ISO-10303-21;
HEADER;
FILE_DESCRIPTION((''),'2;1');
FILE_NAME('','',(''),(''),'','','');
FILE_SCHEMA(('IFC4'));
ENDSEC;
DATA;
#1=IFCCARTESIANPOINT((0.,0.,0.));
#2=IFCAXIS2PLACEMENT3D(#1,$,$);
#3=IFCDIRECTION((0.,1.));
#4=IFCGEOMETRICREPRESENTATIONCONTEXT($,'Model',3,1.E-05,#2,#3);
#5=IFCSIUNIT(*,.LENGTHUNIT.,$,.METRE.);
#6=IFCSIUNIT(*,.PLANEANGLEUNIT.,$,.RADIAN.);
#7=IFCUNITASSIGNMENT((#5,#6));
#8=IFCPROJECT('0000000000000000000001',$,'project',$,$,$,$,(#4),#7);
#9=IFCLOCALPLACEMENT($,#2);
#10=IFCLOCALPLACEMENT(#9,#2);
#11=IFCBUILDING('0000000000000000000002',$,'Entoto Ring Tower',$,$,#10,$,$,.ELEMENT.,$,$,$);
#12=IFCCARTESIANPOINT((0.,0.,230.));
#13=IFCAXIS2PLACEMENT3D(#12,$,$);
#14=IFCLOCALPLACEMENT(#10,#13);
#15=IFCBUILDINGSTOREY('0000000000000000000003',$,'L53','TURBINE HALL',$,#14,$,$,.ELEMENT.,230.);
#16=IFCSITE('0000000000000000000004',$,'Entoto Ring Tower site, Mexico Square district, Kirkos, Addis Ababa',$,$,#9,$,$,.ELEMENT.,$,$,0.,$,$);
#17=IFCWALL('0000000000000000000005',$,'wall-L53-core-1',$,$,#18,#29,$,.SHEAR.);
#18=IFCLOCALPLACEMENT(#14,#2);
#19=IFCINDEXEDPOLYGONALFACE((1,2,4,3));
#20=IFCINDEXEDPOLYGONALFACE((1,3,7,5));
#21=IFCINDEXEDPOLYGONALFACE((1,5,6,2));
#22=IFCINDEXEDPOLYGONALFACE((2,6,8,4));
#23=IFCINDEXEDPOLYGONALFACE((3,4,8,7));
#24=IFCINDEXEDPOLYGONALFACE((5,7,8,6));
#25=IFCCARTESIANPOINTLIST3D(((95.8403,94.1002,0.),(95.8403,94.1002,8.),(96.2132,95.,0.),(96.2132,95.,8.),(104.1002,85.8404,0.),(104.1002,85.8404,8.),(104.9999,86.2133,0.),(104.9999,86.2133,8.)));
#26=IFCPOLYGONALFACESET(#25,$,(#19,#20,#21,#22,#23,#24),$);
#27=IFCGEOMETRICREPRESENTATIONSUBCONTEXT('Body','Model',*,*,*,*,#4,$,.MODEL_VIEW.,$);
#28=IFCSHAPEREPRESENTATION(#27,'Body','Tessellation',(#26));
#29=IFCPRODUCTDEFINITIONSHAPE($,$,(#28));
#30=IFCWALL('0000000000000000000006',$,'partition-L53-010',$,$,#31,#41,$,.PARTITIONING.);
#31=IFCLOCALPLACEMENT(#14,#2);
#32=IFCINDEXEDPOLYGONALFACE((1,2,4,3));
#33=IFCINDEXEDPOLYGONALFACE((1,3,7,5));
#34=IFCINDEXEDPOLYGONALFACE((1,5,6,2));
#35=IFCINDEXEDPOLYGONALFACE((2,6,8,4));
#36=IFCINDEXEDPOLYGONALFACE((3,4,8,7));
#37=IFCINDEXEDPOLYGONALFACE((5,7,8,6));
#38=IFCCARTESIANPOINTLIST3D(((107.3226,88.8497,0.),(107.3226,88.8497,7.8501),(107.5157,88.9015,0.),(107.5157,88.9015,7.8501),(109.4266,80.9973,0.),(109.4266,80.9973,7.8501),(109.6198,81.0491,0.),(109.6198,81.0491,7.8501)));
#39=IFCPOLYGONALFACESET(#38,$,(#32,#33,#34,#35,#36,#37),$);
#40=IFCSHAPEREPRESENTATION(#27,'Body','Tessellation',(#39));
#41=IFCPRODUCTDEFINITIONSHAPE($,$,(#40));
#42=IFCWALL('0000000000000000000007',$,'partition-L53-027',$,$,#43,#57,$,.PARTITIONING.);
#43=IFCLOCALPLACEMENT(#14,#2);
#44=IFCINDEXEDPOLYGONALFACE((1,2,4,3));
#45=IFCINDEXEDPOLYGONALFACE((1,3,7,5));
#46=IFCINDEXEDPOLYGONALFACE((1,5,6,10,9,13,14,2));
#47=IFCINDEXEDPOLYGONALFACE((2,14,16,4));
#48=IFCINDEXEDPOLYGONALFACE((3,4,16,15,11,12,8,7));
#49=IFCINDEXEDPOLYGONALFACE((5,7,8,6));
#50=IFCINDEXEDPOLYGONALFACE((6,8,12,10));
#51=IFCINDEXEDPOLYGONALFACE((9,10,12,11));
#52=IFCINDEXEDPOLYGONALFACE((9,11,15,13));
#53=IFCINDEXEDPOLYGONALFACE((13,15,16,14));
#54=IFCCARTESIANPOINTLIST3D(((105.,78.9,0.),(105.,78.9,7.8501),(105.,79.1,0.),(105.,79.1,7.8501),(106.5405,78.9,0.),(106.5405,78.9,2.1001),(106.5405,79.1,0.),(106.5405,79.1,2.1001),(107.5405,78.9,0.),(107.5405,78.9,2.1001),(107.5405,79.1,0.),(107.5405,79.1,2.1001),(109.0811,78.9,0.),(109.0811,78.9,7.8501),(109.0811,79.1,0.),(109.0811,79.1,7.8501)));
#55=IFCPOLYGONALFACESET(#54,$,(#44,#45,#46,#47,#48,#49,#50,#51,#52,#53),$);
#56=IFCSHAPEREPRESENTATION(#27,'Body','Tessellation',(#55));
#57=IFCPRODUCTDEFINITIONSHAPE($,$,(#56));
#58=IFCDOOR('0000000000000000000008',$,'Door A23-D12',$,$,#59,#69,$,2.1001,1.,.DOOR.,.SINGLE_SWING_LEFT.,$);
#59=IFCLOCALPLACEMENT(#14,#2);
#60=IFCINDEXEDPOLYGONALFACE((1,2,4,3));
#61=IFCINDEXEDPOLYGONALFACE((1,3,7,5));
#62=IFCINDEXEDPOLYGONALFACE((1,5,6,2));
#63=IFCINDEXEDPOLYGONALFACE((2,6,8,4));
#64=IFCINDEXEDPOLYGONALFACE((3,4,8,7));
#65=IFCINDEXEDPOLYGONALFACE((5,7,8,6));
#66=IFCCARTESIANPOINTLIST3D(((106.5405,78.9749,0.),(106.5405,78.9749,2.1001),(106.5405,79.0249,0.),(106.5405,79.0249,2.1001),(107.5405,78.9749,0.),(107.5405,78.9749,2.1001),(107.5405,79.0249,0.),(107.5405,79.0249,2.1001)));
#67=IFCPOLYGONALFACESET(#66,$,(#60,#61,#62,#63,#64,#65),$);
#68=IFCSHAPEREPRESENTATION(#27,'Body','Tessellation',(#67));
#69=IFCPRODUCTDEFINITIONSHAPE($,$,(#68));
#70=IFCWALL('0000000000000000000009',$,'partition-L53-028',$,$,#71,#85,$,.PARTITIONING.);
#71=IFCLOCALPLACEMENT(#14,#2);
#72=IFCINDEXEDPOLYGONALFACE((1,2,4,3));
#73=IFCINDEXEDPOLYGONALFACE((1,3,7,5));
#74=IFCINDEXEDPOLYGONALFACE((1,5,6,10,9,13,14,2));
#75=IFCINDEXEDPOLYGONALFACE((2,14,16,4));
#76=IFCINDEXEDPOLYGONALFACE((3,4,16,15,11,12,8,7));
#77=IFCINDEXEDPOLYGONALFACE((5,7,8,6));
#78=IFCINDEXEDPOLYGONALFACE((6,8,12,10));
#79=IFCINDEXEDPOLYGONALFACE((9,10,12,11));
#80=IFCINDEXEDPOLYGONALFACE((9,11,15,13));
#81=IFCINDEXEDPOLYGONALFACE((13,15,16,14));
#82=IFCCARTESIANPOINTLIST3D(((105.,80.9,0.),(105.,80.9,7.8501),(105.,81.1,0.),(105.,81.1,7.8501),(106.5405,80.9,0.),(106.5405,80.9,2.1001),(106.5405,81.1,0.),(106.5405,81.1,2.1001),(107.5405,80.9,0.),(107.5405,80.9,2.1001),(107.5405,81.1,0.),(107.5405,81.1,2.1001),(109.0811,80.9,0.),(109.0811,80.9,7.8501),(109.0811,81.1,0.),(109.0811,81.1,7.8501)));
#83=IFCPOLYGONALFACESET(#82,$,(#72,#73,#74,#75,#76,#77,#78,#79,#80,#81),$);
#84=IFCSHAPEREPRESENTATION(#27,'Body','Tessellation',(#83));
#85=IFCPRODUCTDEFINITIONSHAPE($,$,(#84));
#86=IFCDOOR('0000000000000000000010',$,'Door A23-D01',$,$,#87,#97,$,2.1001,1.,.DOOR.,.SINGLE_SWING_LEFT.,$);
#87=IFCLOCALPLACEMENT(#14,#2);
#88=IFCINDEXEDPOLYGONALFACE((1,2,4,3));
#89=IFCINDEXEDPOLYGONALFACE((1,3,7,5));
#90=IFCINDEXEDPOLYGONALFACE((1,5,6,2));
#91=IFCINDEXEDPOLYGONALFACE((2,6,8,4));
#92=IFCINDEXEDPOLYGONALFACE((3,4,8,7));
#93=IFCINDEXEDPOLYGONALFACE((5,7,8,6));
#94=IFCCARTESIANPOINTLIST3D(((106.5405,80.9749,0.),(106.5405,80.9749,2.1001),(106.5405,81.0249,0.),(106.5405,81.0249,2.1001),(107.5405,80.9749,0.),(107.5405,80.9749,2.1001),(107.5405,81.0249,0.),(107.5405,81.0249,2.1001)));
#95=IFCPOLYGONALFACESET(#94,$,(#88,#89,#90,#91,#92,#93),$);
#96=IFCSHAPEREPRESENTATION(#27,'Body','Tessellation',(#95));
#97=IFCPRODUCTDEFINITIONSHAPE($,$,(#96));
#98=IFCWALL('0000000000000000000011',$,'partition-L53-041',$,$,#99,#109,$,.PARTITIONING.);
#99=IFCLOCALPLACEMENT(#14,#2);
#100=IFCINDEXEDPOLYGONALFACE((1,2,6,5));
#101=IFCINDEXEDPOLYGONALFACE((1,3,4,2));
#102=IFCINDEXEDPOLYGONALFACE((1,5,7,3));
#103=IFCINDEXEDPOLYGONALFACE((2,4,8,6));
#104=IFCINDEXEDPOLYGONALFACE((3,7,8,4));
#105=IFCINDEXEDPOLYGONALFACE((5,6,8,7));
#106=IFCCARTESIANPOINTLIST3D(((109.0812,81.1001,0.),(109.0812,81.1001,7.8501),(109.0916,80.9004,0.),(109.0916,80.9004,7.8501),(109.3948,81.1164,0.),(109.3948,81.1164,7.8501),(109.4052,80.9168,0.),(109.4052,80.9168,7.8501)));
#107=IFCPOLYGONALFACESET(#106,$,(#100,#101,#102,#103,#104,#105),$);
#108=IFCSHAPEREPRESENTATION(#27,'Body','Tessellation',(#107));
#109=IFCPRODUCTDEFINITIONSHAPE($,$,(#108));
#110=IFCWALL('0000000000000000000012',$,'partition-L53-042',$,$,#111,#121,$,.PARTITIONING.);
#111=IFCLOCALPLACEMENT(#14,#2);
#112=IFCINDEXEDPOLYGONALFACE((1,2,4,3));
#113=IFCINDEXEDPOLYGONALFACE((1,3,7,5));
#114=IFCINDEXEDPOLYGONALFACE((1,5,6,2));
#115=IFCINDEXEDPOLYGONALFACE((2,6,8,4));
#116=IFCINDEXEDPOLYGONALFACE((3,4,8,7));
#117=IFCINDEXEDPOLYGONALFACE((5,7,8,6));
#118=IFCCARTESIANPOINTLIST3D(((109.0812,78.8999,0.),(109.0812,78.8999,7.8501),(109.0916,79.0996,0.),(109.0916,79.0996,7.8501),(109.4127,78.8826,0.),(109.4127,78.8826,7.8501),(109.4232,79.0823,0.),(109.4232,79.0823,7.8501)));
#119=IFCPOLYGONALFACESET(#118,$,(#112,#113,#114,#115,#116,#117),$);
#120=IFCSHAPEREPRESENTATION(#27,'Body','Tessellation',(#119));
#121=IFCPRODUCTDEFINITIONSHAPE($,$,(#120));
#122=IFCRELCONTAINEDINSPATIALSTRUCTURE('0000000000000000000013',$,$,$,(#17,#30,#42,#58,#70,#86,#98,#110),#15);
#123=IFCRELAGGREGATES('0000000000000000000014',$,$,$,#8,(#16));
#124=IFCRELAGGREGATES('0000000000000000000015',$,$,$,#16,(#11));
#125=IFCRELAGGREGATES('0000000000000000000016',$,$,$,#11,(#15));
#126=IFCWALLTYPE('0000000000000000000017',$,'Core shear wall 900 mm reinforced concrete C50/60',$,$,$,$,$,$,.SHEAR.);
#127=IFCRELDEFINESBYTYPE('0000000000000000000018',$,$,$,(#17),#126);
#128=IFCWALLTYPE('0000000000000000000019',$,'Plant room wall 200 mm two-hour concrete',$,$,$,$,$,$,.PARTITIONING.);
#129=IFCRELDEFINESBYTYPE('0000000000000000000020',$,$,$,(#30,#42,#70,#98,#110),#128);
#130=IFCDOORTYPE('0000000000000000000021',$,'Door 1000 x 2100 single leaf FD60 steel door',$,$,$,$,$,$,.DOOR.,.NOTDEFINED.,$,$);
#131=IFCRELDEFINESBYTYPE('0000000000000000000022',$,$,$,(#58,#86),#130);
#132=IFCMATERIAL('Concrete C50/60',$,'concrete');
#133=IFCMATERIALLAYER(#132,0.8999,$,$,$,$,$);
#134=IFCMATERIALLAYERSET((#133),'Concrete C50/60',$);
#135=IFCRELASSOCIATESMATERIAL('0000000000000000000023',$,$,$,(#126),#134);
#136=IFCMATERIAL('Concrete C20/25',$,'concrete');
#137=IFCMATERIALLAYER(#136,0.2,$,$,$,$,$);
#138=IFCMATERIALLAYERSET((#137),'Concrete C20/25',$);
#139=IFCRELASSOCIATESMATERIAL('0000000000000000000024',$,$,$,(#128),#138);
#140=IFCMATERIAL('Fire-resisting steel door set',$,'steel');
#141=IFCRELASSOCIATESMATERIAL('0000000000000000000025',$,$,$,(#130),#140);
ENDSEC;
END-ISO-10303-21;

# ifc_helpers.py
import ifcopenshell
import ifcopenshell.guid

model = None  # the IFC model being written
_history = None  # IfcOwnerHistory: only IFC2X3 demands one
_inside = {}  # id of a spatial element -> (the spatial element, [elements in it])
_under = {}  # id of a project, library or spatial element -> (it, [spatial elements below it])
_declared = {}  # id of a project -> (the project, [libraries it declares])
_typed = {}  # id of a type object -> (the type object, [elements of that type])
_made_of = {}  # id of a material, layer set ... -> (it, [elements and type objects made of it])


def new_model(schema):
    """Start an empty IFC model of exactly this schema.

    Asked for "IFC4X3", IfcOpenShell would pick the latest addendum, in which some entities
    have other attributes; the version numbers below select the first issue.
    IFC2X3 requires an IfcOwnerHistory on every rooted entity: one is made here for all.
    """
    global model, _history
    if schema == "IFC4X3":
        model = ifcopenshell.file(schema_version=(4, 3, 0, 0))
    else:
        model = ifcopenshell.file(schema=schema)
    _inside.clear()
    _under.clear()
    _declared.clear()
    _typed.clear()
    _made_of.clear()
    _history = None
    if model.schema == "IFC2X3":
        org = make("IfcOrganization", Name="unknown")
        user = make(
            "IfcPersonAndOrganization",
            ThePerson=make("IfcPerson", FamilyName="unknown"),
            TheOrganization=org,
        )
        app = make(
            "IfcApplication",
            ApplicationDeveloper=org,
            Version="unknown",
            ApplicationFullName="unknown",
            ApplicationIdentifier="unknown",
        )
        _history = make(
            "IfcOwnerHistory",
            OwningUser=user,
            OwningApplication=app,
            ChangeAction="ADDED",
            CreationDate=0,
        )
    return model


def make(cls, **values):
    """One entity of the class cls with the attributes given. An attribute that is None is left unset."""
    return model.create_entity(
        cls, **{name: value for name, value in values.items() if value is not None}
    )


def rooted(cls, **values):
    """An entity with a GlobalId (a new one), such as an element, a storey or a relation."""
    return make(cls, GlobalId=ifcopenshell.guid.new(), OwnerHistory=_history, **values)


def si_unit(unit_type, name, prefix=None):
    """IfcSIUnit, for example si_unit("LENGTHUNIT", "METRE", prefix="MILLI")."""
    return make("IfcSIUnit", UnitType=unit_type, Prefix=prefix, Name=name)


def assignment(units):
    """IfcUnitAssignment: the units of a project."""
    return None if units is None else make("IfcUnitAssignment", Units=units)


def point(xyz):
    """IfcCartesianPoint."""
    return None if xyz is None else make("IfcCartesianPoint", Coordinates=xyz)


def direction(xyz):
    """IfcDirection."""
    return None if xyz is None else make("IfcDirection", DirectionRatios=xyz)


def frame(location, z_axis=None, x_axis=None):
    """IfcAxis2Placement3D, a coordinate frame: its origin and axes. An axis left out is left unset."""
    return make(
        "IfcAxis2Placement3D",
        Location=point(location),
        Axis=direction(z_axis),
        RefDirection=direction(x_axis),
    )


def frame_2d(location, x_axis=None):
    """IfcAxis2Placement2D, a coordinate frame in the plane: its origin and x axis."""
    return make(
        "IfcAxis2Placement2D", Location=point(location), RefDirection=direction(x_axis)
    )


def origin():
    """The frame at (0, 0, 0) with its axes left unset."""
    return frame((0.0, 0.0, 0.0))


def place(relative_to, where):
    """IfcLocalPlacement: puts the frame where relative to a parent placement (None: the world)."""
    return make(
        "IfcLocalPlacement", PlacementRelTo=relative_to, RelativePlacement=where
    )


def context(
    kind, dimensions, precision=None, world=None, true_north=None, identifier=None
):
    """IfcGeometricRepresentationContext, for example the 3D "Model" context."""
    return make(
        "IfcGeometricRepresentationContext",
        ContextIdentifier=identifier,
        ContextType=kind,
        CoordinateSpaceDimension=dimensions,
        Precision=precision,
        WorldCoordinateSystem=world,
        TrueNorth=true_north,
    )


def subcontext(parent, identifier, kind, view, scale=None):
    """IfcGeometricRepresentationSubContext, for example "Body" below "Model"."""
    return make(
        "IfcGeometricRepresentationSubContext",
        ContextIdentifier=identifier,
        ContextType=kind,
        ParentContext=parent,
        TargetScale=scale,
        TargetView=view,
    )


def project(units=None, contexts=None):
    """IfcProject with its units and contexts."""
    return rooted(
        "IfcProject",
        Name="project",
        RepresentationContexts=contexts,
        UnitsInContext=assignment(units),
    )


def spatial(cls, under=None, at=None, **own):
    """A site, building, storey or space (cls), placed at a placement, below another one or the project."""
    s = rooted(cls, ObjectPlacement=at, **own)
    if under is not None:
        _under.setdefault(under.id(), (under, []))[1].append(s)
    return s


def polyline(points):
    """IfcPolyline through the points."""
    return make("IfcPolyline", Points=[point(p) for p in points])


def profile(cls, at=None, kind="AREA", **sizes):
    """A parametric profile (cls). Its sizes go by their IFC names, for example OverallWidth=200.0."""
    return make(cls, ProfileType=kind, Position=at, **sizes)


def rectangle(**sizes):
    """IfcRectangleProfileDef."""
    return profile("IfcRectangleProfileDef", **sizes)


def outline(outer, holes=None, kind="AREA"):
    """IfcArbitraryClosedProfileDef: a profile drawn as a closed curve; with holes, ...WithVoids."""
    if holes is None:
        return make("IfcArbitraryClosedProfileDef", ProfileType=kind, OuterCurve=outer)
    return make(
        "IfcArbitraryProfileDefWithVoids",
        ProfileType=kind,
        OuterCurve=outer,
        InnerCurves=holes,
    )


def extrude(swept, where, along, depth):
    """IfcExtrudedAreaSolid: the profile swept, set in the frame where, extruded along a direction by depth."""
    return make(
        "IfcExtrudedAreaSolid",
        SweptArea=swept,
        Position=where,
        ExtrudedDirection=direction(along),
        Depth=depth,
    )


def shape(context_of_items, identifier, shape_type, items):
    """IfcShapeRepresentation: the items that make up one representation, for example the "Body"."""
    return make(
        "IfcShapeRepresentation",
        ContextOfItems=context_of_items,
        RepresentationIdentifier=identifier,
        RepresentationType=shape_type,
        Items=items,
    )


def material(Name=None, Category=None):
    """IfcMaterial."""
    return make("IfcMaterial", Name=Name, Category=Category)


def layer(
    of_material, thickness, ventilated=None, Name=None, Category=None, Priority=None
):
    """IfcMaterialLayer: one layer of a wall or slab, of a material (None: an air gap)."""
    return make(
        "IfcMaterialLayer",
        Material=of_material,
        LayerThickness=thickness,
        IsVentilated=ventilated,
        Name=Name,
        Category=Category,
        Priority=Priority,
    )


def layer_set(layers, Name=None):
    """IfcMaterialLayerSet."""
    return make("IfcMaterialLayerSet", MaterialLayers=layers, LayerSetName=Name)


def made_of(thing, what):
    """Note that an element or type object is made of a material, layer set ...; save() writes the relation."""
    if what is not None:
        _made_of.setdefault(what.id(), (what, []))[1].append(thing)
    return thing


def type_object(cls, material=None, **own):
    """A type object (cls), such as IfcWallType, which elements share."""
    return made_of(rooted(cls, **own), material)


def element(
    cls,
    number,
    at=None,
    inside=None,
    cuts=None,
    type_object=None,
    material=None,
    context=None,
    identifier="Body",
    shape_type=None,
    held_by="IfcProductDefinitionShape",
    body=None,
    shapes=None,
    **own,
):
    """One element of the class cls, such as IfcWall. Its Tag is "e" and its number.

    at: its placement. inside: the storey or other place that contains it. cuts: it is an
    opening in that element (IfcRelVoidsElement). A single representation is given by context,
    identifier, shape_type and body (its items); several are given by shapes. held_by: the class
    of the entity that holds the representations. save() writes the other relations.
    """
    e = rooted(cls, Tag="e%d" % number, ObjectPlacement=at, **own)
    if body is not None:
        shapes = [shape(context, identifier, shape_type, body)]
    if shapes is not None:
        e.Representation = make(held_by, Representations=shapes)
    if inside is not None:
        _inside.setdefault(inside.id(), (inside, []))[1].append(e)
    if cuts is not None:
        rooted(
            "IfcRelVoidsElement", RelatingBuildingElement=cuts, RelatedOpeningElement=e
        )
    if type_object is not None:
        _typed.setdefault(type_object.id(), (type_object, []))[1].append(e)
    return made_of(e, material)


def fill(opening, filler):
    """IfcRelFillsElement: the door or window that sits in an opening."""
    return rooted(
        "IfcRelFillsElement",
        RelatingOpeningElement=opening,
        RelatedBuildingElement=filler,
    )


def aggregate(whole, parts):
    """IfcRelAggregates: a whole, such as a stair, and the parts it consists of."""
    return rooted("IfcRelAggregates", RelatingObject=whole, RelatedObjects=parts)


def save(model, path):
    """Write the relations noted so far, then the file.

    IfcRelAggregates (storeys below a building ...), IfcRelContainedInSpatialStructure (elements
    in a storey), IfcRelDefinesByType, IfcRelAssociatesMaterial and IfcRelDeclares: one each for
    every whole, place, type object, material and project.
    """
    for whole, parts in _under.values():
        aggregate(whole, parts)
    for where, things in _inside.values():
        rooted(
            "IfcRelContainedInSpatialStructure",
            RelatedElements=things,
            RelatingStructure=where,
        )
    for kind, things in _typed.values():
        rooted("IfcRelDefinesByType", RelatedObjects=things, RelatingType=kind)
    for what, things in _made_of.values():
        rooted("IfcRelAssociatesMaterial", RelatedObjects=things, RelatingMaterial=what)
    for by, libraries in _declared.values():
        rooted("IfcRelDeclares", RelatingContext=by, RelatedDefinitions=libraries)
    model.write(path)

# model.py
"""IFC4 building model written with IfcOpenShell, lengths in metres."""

from ifc_helpers import new_model, si_unit, direction, frame, frame_2d, origin, place, context, subcontext, project, spatial, polyline, rectangle, outline, extrude, material, layer, layer_set, type_object, element, fill, save


model = new_model("IFC4")

# Units and contexts
model_context = context("Model", 3, precision=1e-05, world=origin(), true_north=direction((0.0, 1.0)))
body_context = subcontext(model_context, "Body", "Model", "MODEL_VIEW")
ifc_project = project(units=[si_unit("LENGTHUNIT", "METRE"), si_unit("PLANEANGLEUNIT", "RADIAN")], contexts=[model_context])

# Site, building, storey
site_placement = place(None, origin())
site = spatial("IfcSite", under=ifc_project, at=site_placement, Name="Entoto Ring Tower site, Mexico Square district, Kirkos, Addis Ababa", CompositionType="ELEMENT", RefElevation=0.0)
building_placement = place(site_placement, origin())
building = spatial("IfcBuilding", under=site, at=building_placement, Name="Entoto Ring Tower", CompositionType="ELEMENT")
storey_placement = place(building_placement, frame((0.0, 0.0, 230.0)))
storey = spatial("IfcBuildingStorey", under=building, at=storey_placement, Name="L53", Description="TURBINE HALL", CompositionType="ELEMENT", Elevation=230.0)

# Walls
ifc_material_1 = material(Name="Concrete C50/60", Category="concrete")
ifc_layer_1 = layer(ifc_material_1, 0.8999)
ifc_layer_set_1 = layer_set([ifc_layer_1], Name="Concrete C50/60")
wall_type_1 = type_object("IfcWallType", Name="Core shear wall 900 mm reinforced concrete C50/60", PredefinedType="SHEAR", material=ifc_layer_set_1)
wall_1_placement = place(storey_placement, frame((104.55, 86.0269, 0.0), z_axis=(0.0, 0.0, 1.0), x_axis=(-0.707107, 0.707107, 0.0)))
element("IfcWall", 1, at=wall_1_placement, inside=storey, type_object=wall_type_1, Name="wall-L53-core-1", PredefinedType="SHEAR", context=body_context, shape_type="SweptSolid", body=[
    extrude(outline(polyline([(-0.1863, -0.45), (12.24, -0.45), (11.8674, 0.45), (0.1863, 0.45), (-0.1863, -0.45)])), origin(), (0.0, 0.0, 1.0), 8.0),
])
ifc_material_2 = material(Name="Concrete C20/25", Category="concrete")
ifc_layer_2 = layer(ifc_material_2, 0.2)
ifc_layer_set_2 = layer_set([ifc_layer_2], Name="Concrete C20/25")
wall_type_2 = type_object("IfcWallType", Name="Plant room wall 200 mm two-hour concrete", PredefinedType="PARTITIONING", material=ifc_layer_set_2)
wall_2_placement = place(storey_placement, frame((109.5232, 81.0232, 0.0), z_axis=(0.0, 0.0, 1.0), x_axis=(-0.258818, 0.965926, 0.0)))
element("IfcWall", 2, at=wall_2_placement, inside=storey, type_object=wall_type_2, Name="partition-L53-010", PredefinedType="PARTITIONING", context=body_context, shape_type="SweptSolid", body=[
    extrude(rectangle(XDim=8.1294, YDim=0.2, at=frame_2d((4.0647, 0.0))), origin(), (0.0, 0.0, 1.0), 7.8501),
])

# Walls, openings, doors
wall_3_placement = place(storey_placement, frame((105.0, 79.0, 0.0), z_axis=(0.0, 0.0, 1.0), x_axis=(1.0, 0.0, 0.0)))
wall_3 = element("IfcWall", 3, at=wall_3_placement, inside=storey, type_object=wall_type_2, Name="partition-L53-027", PredefinedType="PARTITIONING", context=body_context, shape_type="SweptSolid", body=[
    extrude(rectangle(XDim=4.0811, YDim=0.2, at=frame_2d((2.0405, 0.0))), origin(), (0.0, 0.0, 1.0), 7.8501),
])
opening_1_placement = place(wall_3_placement, frame((1.5405, 0.0, 0.0)))
opening_1 = element("IfcOpeningElement", 4, at=opening_1_placement, cuts=wall_3, PredefinedType="OPENING", context=body_context, shape_type="SweptSolid", body=[
    extrude(rectangle(XDim=1.0, YDim=2.1001, at=frame_2d((0.5, 1.05))), frame((0.0, 0.1099, 0.0), z_axis=(0.0, -1.0, 0.0), x_axis=(1.0, 0.0, 0.0)), (0.0, 0.0, 1.0), 0.22),
])
ifc_material_3 = material(Name="Fire-resisting steel door set", Category="steel")
door_type = type_object("IfcDoorType", Name="Door 1000 x 2100 single leaf FD60 steel door", OperationType="NOTDEFINED", PredefinedType="DOOR", material=ifc_material_3)
door_1_placement = place(opening_1_placement, origin())
door_1 = element("IfcDoor", 5, at=door_1_placement, inside=storey, type_object=door_type, Name="Door A23-D12", OperationType="SINGLE_SWING_LEFT", OverallHeight=2.1001, OverallWidth=1.0, PredefinedType="DOOR", context=body_context, shape_type="SweptSolid", body=[
    extrude(rectangle(XDim=1.0, YDim=2.1001, at=frame_2d((0.5, 1.05))), frame((0.0, 0.0249, 0.0), z_axis=(0.0, -1.0, 0.0), x_axis=(1.0, 0.0, 0.0)), (0.0, 0.0, 1.0), 0.05),
])
fill(opening_1, door_1)
wall_4_placement = place(storey_placement, frame((105.0, 81.0, 0.0), z_axis=(0.0, 0.0, 1.0), x_axis=(1.0, 0.0, 0.0)))
wall_4 = element("IfcWall", 6, at=wall_4_placement, inside=storey, type_object=wall_type_2, Name="partition-L53-028", PredefinedType="PARTITIONING", context=body_context, shape_type="SweptSolid", body=[
    extrude(rectangle(XDim=4.0811, YDim=0.2, at=frame_2d((2.0405, 0.0))), origin(), (0.0, 0.0, 1.0), 7.8501),
])
opening_2_placement = place(wall_4_placement, frame((1.5405, 0.0, 0.0)))
opening_2 = element("IfcOpeningElement", 7, at=opening_2_placement, cuts=wall_4, PredefinedType="OPENING", context=body_context, shape_type="SweptSolid", body=[
    extrude(rectangle(XDim=1.0, YDim=2.1001, at=frame_2d((0.5, 1.05))), frame((0.0, 0.1099, 0.0), z_axis=(0.0, -1.0, 0.0), x_axis=(1.0, 0.0, 0.0)), (0.0, 0.0, 1.0), 0.22),
])
door_2_placement = place(opening_2_placement, origin())
door_2 = element("IfcDoor", 8, at=door_2_placement, inside=storey, type_object=door_type, Name="Door A23-D01", OperationType="SINGLE_SWING_LEFT", OverallHeight=2.1001, OverallWidth=1.0, PredefinedType="DOOR", context=body_context, shape_type="SweptSolid", body=[
    extrude(rectangle(XDim=1.0, YDim=2.1001, at=frame_2d((0.5, 1.05))), frame((0.0, 0.0249, 0.0), z_axis=(0.0, -1.0, 0.0), x_axis=(1.0, 0.0, 0.0)), (0.0, 0.0, 1.0), 0.05),
])
fill(opening_2, door_2)

# Walls
wall_5_placement = place(storey_placement, frame((109.0864, 81.0002, 0.0), z_axis=(0.0, 0.0, 1.0), x_axis=(0.998641, 0.05211, 0.0)))
element("IfcWall", 9, at=wall_5_placement, inside=storey, type_object=wall_type_2, Name="partition-L53-041", PredefinedType="PARTITIONING", context=body_context, shape_type="SweptSolid", body=[
    extrude(rectangle(XDim=0.314, YDim=0.2, at=frame_2d((0.157, 0.0))), origin(), (0.0, 0.0, 1.0), 7.8501),
])
wall_6_placement = place(storey_placement, frame((109.418, 78.9824, 0.0), z_axis=(0.0, 0.0, 1.0), x_axis=(-0.998636, 0.052211, 0.0)))
element("IfcWall", 10, at=wall_6_placement, inside=storey, type_object=wall_type_2, Name="partition-L53-042", PredefinedType="PARTITIONING", context=body_context, shape_type="SweptSolid", body=[
    extrude(rectangle(XDim=0.332, YDim=0.2, at=frame_2d((0.166, 0.0))), origin(), (0.0, 0.0, 1.0), 7.8501),
])

save(model, "model.ifc")
